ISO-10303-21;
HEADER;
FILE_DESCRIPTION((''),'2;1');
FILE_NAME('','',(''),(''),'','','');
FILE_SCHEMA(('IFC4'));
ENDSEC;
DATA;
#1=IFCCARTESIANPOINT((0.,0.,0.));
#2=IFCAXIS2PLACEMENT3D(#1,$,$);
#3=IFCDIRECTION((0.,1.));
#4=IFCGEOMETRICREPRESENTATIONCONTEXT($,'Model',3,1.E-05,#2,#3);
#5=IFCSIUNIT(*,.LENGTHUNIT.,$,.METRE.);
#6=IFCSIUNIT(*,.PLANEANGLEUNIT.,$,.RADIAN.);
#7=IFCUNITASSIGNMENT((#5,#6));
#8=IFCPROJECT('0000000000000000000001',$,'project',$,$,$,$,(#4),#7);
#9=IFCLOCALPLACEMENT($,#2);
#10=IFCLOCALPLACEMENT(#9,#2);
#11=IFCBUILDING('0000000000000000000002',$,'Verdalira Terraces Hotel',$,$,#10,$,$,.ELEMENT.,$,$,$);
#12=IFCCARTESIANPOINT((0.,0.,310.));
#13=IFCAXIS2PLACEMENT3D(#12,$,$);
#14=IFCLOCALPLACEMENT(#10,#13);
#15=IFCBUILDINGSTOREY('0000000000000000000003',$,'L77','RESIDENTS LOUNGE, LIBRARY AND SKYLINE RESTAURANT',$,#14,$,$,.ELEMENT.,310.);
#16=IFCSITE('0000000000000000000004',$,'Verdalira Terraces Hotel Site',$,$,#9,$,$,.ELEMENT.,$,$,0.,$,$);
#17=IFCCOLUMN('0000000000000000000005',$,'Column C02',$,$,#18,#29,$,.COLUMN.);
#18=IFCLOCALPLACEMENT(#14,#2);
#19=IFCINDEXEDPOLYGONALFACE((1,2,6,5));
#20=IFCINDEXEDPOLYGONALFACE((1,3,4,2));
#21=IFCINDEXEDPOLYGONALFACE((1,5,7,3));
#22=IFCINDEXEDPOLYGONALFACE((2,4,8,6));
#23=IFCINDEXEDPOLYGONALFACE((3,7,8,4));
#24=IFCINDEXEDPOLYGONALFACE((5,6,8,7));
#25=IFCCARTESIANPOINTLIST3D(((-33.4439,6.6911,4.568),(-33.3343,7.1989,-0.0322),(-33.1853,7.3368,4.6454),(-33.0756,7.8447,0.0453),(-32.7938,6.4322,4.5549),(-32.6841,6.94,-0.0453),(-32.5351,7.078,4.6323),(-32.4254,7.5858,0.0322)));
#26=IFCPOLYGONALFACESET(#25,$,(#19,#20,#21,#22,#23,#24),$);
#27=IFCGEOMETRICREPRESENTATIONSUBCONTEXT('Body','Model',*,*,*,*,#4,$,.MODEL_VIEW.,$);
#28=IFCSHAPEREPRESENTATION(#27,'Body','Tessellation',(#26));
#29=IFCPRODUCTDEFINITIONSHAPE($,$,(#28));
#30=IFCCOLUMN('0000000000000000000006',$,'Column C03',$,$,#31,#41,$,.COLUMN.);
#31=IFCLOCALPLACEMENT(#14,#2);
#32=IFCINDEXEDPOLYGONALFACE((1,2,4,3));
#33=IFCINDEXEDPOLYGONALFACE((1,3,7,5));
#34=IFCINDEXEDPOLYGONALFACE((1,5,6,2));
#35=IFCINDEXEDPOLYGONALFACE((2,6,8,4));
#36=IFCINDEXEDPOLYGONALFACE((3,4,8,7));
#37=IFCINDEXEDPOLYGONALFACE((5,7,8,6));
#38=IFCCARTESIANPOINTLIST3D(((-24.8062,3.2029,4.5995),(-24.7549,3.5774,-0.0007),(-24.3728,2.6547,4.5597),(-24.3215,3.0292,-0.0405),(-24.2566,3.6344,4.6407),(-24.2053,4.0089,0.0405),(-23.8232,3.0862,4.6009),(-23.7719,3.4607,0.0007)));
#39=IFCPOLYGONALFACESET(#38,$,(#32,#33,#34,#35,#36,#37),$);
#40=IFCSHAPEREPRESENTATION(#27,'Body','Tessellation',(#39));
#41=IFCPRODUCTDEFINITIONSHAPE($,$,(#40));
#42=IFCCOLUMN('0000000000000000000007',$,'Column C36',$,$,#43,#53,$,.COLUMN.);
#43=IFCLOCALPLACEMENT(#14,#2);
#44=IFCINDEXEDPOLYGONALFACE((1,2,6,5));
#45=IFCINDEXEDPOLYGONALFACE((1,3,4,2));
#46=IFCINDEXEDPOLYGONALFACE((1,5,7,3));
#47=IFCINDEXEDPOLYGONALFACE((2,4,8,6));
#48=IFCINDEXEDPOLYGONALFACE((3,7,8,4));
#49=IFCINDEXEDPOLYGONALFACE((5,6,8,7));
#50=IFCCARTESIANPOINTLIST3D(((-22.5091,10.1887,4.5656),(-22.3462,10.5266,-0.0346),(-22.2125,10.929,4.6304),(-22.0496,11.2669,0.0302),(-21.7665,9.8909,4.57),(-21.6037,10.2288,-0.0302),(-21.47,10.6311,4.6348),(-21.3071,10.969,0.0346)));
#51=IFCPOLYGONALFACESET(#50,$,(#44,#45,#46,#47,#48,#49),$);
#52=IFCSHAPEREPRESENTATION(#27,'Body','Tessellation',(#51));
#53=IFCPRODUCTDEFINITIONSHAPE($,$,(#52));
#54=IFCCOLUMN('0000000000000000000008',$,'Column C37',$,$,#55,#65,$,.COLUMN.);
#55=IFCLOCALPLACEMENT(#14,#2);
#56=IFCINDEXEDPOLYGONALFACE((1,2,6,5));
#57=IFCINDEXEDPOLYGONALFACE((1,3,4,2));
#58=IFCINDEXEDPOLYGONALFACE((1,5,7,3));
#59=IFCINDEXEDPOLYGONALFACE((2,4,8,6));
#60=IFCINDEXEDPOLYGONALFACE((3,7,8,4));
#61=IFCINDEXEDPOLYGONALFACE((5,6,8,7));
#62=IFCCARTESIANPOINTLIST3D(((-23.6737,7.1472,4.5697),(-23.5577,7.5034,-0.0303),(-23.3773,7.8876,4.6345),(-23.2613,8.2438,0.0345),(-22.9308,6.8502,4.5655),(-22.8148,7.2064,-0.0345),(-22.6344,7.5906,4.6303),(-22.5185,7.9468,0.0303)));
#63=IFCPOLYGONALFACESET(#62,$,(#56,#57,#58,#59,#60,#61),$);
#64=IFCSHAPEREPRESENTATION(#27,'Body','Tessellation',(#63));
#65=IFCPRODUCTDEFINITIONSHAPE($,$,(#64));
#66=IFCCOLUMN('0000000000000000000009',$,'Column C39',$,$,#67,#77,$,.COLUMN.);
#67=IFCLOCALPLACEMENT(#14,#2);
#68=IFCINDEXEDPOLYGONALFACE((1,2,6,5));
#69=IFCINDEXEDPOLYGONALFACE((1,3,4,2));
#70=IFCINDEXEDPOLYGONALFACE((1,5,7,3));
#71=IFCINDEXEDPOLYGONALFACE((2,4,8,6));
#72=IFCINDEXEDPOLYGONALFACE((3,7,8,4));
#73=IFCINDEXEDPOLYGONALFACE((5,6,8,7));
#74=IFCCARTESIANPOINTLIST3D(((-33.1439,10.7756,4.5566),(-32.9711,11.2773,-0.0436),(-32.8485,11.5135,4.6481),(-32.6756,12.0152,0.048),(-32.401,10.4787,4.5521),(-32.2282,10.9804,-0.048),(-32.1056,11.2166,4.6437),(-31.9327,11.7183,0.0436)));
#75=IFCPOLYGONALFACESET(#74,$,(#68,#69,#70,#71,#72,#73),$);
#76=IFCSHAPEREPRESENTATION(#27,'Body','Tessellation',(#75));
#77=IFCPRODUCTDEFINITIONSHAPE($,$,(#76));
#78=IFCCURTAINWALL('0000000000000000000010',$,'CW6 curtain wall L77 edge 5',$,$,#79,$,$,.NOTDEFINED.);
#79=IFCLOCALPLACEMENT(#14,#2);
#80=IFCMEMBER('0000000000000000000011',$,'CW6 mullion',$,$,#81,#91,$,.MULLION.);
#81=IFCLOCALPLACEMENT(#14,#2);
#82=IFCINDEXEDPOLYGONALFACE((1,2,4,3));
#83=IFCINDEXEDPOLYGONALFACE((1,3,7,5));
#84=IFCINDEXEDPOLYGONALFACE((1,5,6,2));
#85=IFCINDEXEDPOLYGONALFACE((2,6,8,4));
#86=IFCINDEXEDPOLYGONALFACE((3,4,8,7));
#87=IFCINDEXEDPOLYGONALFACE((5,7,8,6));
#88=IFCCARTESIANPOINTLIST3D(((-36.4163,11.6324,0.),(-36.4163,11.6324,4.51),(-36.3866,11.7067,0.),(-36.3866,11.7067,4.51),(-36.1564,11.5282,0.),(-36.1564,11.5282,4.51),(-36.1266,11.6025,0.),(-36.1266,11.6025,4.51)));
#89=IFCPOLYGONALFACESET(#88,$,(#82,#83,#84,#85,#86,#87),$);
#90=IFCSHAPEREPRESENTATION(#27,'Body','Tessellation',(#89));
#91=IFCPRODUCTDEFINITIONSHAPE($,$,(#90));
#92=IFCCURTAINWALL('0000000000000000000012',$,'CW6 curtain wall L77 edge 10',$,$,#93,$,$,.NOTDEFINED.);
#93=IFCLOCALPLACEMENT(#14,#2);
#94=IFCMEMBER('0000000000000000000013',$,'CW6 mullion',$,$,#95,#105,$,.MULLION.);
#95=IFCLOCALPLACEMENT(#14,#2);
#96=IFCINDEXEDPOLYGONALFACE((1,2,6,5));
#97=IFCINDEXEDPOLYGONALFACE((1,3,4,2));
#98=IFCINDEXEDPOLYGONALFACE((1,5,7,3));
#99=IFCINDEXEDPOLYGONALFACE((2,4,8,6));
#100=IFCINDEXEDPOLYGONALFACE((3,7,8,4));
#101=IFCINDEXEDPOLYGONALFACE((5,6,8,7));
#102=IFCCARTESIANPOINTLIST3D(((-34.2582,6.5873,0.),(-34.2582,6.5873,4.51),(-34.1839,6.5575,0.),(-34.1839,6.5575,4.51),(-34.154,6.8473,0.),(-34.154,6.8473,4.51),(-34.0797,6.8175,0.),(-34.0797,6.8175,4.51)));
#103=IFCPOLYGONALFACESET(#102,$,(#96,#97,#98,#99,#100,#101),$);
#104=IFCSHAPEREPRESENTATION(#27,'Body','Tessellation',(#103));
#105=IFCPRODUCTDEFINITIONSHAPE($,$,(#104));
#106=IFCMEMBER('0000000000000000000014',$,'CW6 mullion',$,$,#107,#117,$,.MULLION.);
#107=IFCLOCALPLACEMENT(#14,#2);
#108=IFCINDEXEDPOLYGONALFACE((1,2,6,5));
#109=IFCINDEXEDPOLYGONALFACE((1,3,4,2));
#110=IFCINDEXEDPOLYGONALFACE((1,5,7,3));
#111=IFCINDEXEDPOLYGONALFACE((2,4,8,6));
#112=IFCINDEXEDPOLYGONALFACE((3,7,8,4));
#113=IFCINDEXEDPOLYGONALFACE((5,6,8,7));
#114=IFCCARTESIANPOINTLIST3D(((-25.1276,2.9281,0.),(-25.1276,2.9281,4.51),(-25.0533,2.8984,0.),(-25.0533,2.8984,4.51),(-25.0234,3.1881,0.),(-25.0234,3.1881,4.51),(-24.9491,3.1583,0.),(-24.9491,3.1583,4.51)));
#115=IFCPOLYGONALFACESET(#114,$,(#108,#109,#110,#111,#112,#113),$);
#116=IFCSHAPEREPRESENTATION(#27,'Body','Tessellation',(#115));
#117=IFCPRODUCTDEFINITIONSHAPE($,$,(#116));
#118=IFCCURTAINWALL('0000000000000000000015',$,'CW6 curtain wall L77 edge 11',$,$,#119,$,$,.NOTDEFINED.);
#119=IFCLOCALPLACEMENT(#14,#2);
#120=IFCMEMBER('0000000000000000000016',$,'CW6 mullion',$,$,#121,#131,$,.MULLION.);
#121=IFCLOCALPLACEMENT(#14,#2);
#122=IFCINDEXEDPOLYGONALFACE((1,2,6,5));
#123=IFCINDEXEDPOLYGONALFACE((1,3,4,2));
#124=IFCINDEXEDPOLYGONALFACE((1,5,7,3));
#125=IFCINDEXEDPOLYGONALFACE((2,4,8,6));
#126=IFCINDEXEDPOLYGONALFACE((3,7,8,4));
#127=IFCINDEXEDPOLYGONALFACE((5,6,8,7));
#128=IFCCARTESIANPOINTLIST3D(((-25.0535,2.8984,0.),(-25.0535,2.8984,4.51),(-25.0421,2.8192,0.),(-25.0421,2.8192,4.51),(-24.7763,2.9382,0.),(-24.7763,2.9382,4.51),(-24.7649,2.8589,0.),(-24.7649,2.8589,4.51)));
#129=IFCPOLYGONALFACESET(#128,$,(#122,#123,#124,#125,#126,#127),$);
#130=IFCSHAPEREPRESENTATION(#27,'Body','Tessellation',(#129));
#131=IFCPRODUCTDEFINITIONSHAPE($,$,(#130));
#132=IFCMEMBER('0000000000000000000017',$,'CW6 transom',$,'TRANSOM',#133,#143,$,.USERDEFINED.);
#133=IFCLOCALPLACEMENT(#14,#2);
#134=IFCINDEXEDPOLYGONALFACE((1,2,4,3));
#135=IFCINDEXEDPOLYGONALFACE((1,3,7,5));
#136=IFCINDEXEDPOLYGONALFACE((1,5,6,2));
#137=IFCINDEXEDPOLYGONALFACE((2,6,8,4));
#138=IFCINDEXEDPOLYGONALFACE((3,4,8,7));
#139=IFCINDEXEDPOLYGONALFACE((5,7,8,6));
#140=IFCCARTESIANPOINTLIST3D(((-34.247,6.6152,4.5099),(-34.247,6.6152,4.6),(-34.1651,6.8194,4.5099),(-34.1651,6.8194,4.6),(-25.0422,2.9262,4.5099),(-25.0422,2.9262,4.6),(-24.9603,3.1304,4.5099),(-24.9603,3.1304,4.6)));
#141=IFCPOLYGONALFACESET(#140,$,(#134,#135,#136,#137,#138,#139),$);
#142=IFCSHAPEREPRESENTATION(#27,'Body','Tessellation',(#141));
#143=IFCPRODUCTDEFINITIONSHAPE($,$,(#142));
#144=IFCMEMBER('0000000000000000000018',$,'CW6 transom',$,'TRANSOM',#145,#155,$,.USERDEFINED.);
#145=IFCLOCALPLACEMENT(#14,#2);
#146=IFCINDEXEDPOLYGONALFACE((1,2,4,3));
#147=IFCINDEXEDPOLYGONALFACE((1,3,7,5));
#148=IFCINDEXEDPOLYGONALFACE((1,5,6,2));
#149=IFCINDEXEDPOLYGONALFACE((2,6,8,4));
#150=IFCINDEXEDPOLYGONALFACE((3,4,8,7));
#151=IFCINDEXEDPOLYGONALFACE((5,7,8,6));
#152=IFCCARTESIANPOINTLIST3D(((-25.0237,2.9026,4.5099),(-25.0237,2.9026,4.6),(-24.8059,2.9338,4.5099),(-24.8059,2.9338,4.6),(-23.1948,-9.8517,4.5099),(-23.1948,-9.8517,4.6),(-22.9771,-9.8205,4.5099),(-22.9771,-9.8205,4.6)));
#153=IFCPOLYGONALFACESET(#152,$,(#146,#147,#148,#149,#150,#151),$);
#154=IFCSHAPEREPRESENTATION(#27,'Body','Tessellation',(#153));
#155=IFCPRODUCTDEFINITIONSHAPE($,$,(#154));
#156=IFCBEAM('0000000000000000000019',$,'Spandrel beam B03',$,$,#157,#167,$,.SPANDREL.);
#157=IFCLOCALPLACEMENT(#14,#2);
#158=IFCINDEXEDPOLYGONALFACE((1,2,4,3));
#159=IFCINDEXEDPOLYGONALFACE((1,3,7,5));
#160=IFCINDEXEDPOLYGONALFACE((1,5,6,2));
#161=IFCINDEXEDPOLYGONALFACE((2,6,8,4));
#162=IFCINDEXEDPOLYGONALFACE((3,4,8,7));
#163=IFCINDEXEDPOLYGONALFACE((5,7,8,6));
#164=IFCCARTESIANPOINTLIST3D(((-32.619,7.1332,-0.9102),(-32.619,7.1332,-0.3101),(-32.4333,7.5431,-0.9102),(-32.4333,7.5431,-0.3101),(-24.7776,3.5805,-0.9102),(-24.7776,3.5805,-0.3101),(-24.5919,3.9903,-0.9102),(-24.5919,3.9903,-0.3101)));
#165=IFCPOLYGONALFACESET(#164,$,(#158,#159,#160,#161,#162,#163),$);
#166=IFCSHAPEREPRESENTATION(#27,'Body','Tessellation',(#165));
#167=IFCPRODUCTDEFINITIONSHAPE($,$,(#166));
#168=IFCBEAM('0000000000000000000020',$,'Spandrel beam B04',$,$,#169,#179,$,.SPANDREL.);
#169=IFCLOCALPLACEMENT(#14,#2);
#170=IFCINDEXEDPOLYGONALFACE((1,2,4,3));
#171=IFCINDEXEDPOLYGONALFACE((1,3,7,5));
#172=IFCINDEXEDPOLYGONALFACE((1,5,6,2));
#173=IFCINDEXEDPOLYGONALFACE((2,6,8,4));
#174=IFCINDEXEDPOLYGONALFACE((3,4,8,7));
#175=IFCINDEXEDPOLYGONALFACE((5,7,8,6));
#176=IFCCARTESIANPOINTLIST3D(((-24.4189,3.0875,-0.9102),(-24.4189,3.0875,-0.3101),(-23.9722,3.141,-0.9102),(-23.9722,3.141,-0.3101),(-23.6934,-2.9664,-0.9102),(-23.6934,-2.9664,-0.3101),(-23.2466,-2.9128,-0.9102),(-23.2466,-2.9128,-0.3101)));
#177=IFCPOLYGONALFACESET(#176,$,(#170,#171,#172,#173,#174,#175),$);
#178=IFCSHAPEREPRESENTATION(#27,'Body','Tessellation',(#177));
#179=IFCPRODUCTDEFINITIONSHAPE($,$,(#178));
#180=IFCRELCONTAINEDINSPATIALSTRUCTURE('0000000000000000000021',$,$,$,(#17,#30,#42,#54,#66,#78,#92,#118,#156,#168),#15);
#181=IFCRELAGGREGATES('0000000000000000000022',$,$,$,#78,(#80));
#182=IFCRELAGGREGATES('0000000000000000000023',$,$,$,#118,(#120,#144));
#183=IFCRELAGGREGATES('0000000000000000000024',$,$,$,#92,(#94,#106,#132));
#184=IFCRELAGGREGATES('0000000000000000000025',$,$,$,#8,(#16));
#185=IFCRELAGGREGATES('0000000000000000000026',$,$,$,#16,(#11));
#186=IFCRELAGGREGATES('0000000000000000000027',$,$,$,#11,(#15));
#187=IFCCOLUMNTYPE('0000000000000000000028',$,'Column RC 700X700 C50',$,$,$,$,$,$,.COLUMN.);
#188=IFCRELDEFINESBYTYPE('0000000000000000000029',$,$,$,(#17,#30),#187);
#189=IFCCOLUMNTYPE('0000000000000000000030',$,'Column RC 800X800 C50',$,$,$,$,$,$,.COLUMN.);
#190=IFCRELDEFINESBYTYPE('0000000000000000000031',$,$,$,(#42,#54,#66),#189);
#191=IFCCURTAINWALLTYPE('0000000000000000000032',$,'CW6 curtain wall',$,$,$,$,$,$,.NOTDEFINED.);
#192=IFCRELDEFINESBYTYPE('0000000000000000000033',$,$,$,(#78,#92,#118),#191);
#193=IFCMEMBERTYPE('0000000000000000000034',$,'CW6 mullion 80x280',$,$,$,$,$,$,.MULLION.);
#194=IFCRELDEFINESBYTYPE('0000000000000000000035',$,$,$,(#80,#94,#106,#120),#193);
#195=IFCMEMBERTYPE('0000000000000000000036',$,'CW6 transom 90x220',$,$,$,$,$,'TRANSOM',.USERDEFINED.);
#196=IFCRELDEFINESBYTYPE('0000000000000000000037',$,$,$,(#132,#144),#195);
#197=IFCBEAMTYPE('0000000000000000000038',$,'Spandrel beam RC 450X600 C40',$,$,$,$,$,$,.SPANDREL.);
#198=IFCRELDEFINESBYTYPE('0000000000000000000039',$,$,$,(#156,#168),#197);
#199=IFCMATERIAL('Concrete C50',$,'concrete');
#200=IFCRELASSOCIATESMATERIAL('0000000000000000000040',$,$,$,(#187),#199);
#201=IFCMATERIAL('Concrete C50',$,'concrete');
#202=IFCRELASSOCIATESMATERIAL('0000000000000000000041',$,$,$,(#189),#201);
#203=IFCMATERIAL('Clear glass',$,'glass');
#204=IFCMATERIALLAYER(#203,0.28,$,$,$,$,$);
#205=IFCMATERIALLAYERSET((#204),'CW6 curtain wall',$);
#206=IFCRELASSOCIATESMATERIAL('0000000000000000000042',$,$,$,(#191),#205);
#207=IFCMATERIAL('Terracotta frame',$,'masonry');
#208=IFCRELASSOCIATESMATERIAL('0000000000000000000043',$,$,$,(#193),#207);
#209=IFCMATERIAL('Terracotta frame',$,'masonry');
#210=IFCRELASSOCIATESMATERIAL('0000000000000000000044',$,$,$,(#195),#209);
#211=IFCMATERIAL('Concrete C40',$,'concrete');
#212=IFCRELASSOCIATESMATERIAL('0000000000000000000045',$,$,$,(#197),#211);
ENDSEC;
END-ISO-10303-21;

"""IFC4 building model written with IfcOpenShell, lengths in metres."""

from ifc_helpers import new_model, si_unit, direction, frame, origin, origin_2d, place, context, subcontext, project, spatial, rectangle, extrude, material, layer, layer_set, material_profile, profile_set, type_object, element, aggregate, save


model = new_model("IFC4")

# Units and contexts
model_context = context("Model", 3, precision=1e-05, world=origin(), true_north=direction((0.0, 1.0)))
body_context = subcontext(model_context, "Body", "Model", "MODEL_VIEW")
ifc_project = project(units=[si_unit("LENGTHUNIT", "METRE"), si_unit("PLANEANGLEUNIT", "RADIAN")], contexts=[model_context])

# Site, building, storey
site_placement = place(None, origin())
site = spatial("IfcSite", under=ifc_project, at=site_placement, Name="Verdalira Terraces Hotel Site", CompositionType="ELEMENT", RefElevation=0.0)
building_placement = place(site_placement, origin())
building = spatial("IfcBuilding", under=site, at=building_placement, Name="Verdalira Terraces Hotel", CompositionType="ELEMENT")
storey_placement = place(building_placement, frame((0.0, 0.0, 310.0)))
storey = spatial("IfcBuildingStorey", under=building, at=storey_placement, Name="L77", Description="RESIDENTS LOUNGE, LIBRARY AND SKYLINE RESTAURANT", CompositionType="ELEMENT", Elevation=310.0)

# Columns
ifc_material_1 = material(Name="Concrete C50", Category="concrete")
ifc_material_profile_1 = material_profile(ifc_material_1, rectangle(XDim=0.7, YDim=0.7, at=origin_2d()), Name="RC 700X700")
ifc_profile_set_1 = profile_set([ifc_material_profile_1], Name="Concrete C50")
column_type_1 = type_object("IfcColumnType", Name="Column RC 700X700 C50", PredefinedType="COLUMN", material=ifc_profile_set_1)
column_1_placement = place(storey_placement, frame((-32.8799, 7.3923, 0.0), z_axis=(-0.023679, -0.109694, 0.993683), x_axis=(0.9289, -0.369857, -0.018694)))
element("IfcColumn", 1, at=column_1_placement, inside=storey, type_object=column_type_1, Name="Column C02", PredefinedType="COLUMN", context=body_context, shape_type="SweptSolid", body=[
    extrude(rectangle(XDim=0.7, YDim=0.7, at=origin_2d()), origin(), (0.0, 0.0, 1.0), 4.6294),
])
column_2_placement = place(storey_placement, frame((-24.2634, 3.519, 0.0), z_axis=(-0.011108, -0.08114, 0.996641), x_axis=(-0.61918, 0.783187, 0.056861)))
element("IfcColumn", 2, at=column_2_placement, inside=storey, type_object=column_type_1, Name="Column C03", PredefinedType="COLUMN", context=body_context, shape_type="SweptSolid", body=[
    extrude(rectangle(XDim=0.7, YDim=0.7, at=origin_2d()), origin(), (0.0, 0.0, 1.0), 4.6157),
])
ifc_material_2 = material(Name="Concrete C50", Category="concrete")
ifc_material_profile_2 = material_profile(ifc_material_2, rectangle(XDim=0.8, YDim=0.8, at=origin_2d()), Name="RC 800X800")
ifc_profile_set_2 = profile_set([ifc_material_profile_2], Name="Concrete C50")
column_type_2 = type_object("IfcColumnType", Name="Column RC 800X800 C50", PredefinedType="COLUMN", material=ifc_profile_set_2)
column_3_placement = place(storey_placement, frame((-21.8267, 10.7478, 0.0), z_axis=(-0.035283, -0.07321, 0.996692), x_axis=(-0.928078, 0.372344, -0.005504)))
element("IfcColumn", 3, at=column_3_placement, inside=storey, type_object=column_type_2, Name="Column C36", PredefinedType="COLUMN", context=body_context, shape_type="SweptSolid", body=[
    extrude(rectangle(XDim=0.8, YDim=0.8, at=origin_2d()), origin(), (0.0, 0.0, 1.0), 4.6155),
])
column_4_placement = place(storey_placement, frame((-23.0381, 7.7251, 0.0), z_axis=(-0.025126, -0.077178, 0.996701), x_axis=(-0.928527, 0.371227, 0.005338)))
element("IfcColumn", 4, at=column_4_placement, inside=storey, type_object=column_type_2, Name="Column C37", PredefinedType="COLUMN", context=body_context, shape_type="SweptSolid", body=[
    extrude(rectangle(XDim=0.8, YDim=0.8, at=origin_2d()), origin(), (0.0, 0.0, 1.0), 4.6152),
])
column_5_placement = place(storey_placement, frame((-32.4519, 11.4978, 0.0), z_axis=(-0.037328, -0.108346, 0.993412), x_axis=(-0.928576, 0.371099, 0.005582)))
element("IfcColumn", 5, at=column_5_placement, inside=storey, type_object=column_type_2, Name="Column C39", PredefinedType="COLUMN", context=body_context, shape_type="SweptSolid", body=[
    extrude(rectangle(XDim=0.8, YDim=0.8, at=origin_2d()), origin(), (0.0, 0.0, 1.0), 4.6306),
])

# Curtain wall, member
ifc_material_3 = material(Name="Clear glass", Category="glass")
ifc_layer_1 = layer(ifc_material_3, 0.28)
ifc_layer_set_1 = layer_set([ifc_layer_1], Name="CW6 curtain wall")
curtain_wall_type = type_object("IfcCurtainWallType", Name="CW6 curtain wall", PredefinedType="NOTDEFINED", material=ifc_layer_set_1)
curtain_wall_1_placement = place(storey_placement, origin())
curtain_wall_1 = element("IfcCurtainWall", 6, at=curtain_wall_1_placement, inside=storey, type_object=curtain_wall_type, Name="CW6 curtain wall L77 edge 5", PredefinedType="NOTDEFINED")
ifc_material_4 = material(Name="Terracotta frame", Category="masonry")
ifc_material_profile_3 = material_profile(ifc_material_4, rectangle(XDim=0.0801, YDim=0.28, at=origin_2d()), Name="MU 80x280")
ifc_profile_set_3 = profile_set([ifc_material_profile_3], Name="Terracotta frame")
member_type_1 = type_object("IfcMemberType", Name="CW6 mullion 80x280", PredefinedType="MULLION", material=ifc_profile_set_3)
member_1_placement = place(storey_placement, frame((-36.2715, 11.6174, 0.0), z_axis=(0.0, 0.0, 1.0), x_axis=(-0.372016, -0.928226, 0.0)))
member_1 = element("IfcMember", 7, at=member_1_placement, type_object=member_type_1, Name="CW6 mullion", PredefinedType="MULLION", context=body_context, shape_type="SweptSolid", body=[
    extrude(rectangle(XDim=0.0801, YDim=0.28, at=origin_2d()), origin(), (0.0, 0.0, 1.0), 4.51),
])
aggregate(curtain_wall_1, [member_1])

# Curtain wall, members
curtain_wall_2_placement = place(storey_placement, origin())
curtain_wall_2 = element("IfcCurtainWall", 8, at=curtain_wall_2_placement, inside=storey, type_object=curtain_wall_type, Name="CW6 curtain wall L77 edge 10", PredefinedType="NOTDEFINED")
member_2_placement = place(storey_placement, frame((-34.1689, 6.7024, 0.0), z_axis=(0.0, 0.0, 1.0), x_axis=(0.928226, -0.372016, 0.0)))
member_2 = element("IfcMember", 9, at=member_2_placement, type_object=member_type_1, Name="CW6 mullion", PredefinedType="MULLION", context=body_context, shape_type="SweptSolid", body=[
    extrude(rectangle(XDim=0.0801, YDim=0.28, at=origin_2d()), origin(), (0.0, 0.0, 1.0), 4.51),
])
member_3_placement = place(storey_placement, frame((-25.0383, 3.0432, 0.0), z_axis=(0.0, 0.0, 1.0), x_axis=(0.928226, -0.372016, 0.0)))
member_3 = element("IfcMember", 10, at=member_3_placement, type_object=member_type_1, Name="CW6 mullion", PredefinedType="MULLION", context=body_context, shape_type="SweptSolid", body=[
    extrude(rectangle(XDim=0.0801, YDim=0.28, at=origin_2d()), origin(), (0.0, 0.0, 1.0), 4.51),
])

# Curtain wall, member
curtain_wall_3_placement = place(storey_placement, origin())
curtain_wall_3 = element("IfcCurtainWall", 11, at=curtain_wall_3_placement, inside=storey, type_object=curtain_wall_type, Name="CW6 curtain wall L77 edge 11", PredefinedType="NOTDEFINED")
member_4_placement = place(storey_placement, frame((-24.9092, 2.8787, 0.0), z_axis=(0.0, 0.0, 1.0), x_axis=(0.141938, -0.989876, 0.0)))
member_4 = element("IfcMember", 12, at=member_4_placement, type_object=member_type_1, Name="CW6 mullion", PredefinedType="MULLION", context=body_context, shape_type="SweptSolid", body=[
    extrude(rectangle(XDim=0.0801, YDim=0.28, at=origin_2d()), origin(), (0.0, 0.0, 1.0), 4.51),
])

# Members
ifc_material_5 = material(Name="Terracotta frame", Category="masonry")
ifc_material_profile_4 = material_profile(ifc_material_5, rectangle(XDim=0.22, YDim=0.0901, at=origin_2d()), Name="TR 90x220")
ifc_profile_set_4 = profile_set([ifc_material_profile_4], Name="Terracotta frame")
member_type_2 = type_object("IfcMemberType", Name="CW6 transom 90x220", ElementType="TRANSOM", PredefinedType="USERDEFINED", material=ifc_profile_set_4)
member_5_placement = place(storey_placement, frame((-34.2061, 6.7173, 4.5549), z_axis=(0.928232, -0.372002, 0.0), x_axis=(0.372002, 0.928232, 0.0)))
member_5 = element("IfcMember", 13, at=member_5_placement, type_object=member_type_2, Name="CW6 transom", ObjectType="TRANSOM", PredefinedType="USERDEFINED", context=body_context, shape_type="SweptSolid", body=[
    extrude(rectangle(XDim=0.22, YDim=0.0901, at=origin_2d()), origin(), (0.0, 0.0, 1.0), 9.9165),
])
member_6_placement = place(storey_placement, frame((-24.9148, 2.9182, 4.5549), z_axis=(0.141939, -0.989875, 0.0), x_axis=(0.989875, 0.141939, 0.0)))
member_6 = element("IfcMember", 14, at=member_6_placement, type_object=member_type_2, Name="CW6 transom", ObjectType="TRANSOM", PredefinedType="USERDEFINED", context=body_context, shape_type="SweptSolid", body=[
    extrude(rectangle(XDim=0.22, YDim=0.0901, at=origin_2d()), origin(), (0.0, 0.0, 1.0), 12.8848),
])
aggregate(curtain_wall_3, [member_4, member_6])

# Beams
ifc_material_6 = material(Name="Concrete C40", Category="concrete")
ifc_material_profile_5 = material_profile(ifc_material_6, rectangle(XDim=0.45, YDim=0.6001, at=origin_2d()), Name="RC 450X600")
ifc_profile_set_5 = profile_set([ifc_material_profile_5], Name="Concrete C40")
beam_type = type_object("IfcBeamType", Name="Spandrel beam RC 450X600 C40", PredefinedType="SPANDREL", material=ifc_profile_set_5)
beam_1_placement = place(storey_placement, frame((-32.5261, 7.3381, -0.6101), z_axis=(0.910869, -0.412696, 0.0), x_axis=(0.412696, 0.910869, 0.0)))
element("IfcBeam", 15, at=beam_1_placement, inside=storey, type_object=beam_type, Name="Spandrel beam B03", PredefinedType="SPANDREL", context=body_context, shape_type="SweptSolid", body=[
    extrude(rectangle(XDim=0.45, YDim=0.6001, at=origin_2d()), origin(), (0.0, 0.0, 1.0), 8.6086),
])
beam_2_placement = place(storey_placement, frame((-24.1956, 3.1143, -0.6101), z_axis=(0.119002, -0.992894, 0.0), x_axis=(0.992894, 0.119002, 0.0)))
element("IfcBeam", 16, at=beam_2_placement, inside=storey, type_object=beam_type, Name="Spandrel beam B04", PredefinedType="SPANDREL", context=body_context, shape_type="SweptSolid", body=[
    extrude(rectangle(XDim=0.45, YDim=0.6001, at=origin_2d()), origin(), (0.0, 0.0, 1.0), 6.0972),
])

aggregate(curtain_wall_2, [member_2, member_3, member_5])

save(model, "model.ifc")
